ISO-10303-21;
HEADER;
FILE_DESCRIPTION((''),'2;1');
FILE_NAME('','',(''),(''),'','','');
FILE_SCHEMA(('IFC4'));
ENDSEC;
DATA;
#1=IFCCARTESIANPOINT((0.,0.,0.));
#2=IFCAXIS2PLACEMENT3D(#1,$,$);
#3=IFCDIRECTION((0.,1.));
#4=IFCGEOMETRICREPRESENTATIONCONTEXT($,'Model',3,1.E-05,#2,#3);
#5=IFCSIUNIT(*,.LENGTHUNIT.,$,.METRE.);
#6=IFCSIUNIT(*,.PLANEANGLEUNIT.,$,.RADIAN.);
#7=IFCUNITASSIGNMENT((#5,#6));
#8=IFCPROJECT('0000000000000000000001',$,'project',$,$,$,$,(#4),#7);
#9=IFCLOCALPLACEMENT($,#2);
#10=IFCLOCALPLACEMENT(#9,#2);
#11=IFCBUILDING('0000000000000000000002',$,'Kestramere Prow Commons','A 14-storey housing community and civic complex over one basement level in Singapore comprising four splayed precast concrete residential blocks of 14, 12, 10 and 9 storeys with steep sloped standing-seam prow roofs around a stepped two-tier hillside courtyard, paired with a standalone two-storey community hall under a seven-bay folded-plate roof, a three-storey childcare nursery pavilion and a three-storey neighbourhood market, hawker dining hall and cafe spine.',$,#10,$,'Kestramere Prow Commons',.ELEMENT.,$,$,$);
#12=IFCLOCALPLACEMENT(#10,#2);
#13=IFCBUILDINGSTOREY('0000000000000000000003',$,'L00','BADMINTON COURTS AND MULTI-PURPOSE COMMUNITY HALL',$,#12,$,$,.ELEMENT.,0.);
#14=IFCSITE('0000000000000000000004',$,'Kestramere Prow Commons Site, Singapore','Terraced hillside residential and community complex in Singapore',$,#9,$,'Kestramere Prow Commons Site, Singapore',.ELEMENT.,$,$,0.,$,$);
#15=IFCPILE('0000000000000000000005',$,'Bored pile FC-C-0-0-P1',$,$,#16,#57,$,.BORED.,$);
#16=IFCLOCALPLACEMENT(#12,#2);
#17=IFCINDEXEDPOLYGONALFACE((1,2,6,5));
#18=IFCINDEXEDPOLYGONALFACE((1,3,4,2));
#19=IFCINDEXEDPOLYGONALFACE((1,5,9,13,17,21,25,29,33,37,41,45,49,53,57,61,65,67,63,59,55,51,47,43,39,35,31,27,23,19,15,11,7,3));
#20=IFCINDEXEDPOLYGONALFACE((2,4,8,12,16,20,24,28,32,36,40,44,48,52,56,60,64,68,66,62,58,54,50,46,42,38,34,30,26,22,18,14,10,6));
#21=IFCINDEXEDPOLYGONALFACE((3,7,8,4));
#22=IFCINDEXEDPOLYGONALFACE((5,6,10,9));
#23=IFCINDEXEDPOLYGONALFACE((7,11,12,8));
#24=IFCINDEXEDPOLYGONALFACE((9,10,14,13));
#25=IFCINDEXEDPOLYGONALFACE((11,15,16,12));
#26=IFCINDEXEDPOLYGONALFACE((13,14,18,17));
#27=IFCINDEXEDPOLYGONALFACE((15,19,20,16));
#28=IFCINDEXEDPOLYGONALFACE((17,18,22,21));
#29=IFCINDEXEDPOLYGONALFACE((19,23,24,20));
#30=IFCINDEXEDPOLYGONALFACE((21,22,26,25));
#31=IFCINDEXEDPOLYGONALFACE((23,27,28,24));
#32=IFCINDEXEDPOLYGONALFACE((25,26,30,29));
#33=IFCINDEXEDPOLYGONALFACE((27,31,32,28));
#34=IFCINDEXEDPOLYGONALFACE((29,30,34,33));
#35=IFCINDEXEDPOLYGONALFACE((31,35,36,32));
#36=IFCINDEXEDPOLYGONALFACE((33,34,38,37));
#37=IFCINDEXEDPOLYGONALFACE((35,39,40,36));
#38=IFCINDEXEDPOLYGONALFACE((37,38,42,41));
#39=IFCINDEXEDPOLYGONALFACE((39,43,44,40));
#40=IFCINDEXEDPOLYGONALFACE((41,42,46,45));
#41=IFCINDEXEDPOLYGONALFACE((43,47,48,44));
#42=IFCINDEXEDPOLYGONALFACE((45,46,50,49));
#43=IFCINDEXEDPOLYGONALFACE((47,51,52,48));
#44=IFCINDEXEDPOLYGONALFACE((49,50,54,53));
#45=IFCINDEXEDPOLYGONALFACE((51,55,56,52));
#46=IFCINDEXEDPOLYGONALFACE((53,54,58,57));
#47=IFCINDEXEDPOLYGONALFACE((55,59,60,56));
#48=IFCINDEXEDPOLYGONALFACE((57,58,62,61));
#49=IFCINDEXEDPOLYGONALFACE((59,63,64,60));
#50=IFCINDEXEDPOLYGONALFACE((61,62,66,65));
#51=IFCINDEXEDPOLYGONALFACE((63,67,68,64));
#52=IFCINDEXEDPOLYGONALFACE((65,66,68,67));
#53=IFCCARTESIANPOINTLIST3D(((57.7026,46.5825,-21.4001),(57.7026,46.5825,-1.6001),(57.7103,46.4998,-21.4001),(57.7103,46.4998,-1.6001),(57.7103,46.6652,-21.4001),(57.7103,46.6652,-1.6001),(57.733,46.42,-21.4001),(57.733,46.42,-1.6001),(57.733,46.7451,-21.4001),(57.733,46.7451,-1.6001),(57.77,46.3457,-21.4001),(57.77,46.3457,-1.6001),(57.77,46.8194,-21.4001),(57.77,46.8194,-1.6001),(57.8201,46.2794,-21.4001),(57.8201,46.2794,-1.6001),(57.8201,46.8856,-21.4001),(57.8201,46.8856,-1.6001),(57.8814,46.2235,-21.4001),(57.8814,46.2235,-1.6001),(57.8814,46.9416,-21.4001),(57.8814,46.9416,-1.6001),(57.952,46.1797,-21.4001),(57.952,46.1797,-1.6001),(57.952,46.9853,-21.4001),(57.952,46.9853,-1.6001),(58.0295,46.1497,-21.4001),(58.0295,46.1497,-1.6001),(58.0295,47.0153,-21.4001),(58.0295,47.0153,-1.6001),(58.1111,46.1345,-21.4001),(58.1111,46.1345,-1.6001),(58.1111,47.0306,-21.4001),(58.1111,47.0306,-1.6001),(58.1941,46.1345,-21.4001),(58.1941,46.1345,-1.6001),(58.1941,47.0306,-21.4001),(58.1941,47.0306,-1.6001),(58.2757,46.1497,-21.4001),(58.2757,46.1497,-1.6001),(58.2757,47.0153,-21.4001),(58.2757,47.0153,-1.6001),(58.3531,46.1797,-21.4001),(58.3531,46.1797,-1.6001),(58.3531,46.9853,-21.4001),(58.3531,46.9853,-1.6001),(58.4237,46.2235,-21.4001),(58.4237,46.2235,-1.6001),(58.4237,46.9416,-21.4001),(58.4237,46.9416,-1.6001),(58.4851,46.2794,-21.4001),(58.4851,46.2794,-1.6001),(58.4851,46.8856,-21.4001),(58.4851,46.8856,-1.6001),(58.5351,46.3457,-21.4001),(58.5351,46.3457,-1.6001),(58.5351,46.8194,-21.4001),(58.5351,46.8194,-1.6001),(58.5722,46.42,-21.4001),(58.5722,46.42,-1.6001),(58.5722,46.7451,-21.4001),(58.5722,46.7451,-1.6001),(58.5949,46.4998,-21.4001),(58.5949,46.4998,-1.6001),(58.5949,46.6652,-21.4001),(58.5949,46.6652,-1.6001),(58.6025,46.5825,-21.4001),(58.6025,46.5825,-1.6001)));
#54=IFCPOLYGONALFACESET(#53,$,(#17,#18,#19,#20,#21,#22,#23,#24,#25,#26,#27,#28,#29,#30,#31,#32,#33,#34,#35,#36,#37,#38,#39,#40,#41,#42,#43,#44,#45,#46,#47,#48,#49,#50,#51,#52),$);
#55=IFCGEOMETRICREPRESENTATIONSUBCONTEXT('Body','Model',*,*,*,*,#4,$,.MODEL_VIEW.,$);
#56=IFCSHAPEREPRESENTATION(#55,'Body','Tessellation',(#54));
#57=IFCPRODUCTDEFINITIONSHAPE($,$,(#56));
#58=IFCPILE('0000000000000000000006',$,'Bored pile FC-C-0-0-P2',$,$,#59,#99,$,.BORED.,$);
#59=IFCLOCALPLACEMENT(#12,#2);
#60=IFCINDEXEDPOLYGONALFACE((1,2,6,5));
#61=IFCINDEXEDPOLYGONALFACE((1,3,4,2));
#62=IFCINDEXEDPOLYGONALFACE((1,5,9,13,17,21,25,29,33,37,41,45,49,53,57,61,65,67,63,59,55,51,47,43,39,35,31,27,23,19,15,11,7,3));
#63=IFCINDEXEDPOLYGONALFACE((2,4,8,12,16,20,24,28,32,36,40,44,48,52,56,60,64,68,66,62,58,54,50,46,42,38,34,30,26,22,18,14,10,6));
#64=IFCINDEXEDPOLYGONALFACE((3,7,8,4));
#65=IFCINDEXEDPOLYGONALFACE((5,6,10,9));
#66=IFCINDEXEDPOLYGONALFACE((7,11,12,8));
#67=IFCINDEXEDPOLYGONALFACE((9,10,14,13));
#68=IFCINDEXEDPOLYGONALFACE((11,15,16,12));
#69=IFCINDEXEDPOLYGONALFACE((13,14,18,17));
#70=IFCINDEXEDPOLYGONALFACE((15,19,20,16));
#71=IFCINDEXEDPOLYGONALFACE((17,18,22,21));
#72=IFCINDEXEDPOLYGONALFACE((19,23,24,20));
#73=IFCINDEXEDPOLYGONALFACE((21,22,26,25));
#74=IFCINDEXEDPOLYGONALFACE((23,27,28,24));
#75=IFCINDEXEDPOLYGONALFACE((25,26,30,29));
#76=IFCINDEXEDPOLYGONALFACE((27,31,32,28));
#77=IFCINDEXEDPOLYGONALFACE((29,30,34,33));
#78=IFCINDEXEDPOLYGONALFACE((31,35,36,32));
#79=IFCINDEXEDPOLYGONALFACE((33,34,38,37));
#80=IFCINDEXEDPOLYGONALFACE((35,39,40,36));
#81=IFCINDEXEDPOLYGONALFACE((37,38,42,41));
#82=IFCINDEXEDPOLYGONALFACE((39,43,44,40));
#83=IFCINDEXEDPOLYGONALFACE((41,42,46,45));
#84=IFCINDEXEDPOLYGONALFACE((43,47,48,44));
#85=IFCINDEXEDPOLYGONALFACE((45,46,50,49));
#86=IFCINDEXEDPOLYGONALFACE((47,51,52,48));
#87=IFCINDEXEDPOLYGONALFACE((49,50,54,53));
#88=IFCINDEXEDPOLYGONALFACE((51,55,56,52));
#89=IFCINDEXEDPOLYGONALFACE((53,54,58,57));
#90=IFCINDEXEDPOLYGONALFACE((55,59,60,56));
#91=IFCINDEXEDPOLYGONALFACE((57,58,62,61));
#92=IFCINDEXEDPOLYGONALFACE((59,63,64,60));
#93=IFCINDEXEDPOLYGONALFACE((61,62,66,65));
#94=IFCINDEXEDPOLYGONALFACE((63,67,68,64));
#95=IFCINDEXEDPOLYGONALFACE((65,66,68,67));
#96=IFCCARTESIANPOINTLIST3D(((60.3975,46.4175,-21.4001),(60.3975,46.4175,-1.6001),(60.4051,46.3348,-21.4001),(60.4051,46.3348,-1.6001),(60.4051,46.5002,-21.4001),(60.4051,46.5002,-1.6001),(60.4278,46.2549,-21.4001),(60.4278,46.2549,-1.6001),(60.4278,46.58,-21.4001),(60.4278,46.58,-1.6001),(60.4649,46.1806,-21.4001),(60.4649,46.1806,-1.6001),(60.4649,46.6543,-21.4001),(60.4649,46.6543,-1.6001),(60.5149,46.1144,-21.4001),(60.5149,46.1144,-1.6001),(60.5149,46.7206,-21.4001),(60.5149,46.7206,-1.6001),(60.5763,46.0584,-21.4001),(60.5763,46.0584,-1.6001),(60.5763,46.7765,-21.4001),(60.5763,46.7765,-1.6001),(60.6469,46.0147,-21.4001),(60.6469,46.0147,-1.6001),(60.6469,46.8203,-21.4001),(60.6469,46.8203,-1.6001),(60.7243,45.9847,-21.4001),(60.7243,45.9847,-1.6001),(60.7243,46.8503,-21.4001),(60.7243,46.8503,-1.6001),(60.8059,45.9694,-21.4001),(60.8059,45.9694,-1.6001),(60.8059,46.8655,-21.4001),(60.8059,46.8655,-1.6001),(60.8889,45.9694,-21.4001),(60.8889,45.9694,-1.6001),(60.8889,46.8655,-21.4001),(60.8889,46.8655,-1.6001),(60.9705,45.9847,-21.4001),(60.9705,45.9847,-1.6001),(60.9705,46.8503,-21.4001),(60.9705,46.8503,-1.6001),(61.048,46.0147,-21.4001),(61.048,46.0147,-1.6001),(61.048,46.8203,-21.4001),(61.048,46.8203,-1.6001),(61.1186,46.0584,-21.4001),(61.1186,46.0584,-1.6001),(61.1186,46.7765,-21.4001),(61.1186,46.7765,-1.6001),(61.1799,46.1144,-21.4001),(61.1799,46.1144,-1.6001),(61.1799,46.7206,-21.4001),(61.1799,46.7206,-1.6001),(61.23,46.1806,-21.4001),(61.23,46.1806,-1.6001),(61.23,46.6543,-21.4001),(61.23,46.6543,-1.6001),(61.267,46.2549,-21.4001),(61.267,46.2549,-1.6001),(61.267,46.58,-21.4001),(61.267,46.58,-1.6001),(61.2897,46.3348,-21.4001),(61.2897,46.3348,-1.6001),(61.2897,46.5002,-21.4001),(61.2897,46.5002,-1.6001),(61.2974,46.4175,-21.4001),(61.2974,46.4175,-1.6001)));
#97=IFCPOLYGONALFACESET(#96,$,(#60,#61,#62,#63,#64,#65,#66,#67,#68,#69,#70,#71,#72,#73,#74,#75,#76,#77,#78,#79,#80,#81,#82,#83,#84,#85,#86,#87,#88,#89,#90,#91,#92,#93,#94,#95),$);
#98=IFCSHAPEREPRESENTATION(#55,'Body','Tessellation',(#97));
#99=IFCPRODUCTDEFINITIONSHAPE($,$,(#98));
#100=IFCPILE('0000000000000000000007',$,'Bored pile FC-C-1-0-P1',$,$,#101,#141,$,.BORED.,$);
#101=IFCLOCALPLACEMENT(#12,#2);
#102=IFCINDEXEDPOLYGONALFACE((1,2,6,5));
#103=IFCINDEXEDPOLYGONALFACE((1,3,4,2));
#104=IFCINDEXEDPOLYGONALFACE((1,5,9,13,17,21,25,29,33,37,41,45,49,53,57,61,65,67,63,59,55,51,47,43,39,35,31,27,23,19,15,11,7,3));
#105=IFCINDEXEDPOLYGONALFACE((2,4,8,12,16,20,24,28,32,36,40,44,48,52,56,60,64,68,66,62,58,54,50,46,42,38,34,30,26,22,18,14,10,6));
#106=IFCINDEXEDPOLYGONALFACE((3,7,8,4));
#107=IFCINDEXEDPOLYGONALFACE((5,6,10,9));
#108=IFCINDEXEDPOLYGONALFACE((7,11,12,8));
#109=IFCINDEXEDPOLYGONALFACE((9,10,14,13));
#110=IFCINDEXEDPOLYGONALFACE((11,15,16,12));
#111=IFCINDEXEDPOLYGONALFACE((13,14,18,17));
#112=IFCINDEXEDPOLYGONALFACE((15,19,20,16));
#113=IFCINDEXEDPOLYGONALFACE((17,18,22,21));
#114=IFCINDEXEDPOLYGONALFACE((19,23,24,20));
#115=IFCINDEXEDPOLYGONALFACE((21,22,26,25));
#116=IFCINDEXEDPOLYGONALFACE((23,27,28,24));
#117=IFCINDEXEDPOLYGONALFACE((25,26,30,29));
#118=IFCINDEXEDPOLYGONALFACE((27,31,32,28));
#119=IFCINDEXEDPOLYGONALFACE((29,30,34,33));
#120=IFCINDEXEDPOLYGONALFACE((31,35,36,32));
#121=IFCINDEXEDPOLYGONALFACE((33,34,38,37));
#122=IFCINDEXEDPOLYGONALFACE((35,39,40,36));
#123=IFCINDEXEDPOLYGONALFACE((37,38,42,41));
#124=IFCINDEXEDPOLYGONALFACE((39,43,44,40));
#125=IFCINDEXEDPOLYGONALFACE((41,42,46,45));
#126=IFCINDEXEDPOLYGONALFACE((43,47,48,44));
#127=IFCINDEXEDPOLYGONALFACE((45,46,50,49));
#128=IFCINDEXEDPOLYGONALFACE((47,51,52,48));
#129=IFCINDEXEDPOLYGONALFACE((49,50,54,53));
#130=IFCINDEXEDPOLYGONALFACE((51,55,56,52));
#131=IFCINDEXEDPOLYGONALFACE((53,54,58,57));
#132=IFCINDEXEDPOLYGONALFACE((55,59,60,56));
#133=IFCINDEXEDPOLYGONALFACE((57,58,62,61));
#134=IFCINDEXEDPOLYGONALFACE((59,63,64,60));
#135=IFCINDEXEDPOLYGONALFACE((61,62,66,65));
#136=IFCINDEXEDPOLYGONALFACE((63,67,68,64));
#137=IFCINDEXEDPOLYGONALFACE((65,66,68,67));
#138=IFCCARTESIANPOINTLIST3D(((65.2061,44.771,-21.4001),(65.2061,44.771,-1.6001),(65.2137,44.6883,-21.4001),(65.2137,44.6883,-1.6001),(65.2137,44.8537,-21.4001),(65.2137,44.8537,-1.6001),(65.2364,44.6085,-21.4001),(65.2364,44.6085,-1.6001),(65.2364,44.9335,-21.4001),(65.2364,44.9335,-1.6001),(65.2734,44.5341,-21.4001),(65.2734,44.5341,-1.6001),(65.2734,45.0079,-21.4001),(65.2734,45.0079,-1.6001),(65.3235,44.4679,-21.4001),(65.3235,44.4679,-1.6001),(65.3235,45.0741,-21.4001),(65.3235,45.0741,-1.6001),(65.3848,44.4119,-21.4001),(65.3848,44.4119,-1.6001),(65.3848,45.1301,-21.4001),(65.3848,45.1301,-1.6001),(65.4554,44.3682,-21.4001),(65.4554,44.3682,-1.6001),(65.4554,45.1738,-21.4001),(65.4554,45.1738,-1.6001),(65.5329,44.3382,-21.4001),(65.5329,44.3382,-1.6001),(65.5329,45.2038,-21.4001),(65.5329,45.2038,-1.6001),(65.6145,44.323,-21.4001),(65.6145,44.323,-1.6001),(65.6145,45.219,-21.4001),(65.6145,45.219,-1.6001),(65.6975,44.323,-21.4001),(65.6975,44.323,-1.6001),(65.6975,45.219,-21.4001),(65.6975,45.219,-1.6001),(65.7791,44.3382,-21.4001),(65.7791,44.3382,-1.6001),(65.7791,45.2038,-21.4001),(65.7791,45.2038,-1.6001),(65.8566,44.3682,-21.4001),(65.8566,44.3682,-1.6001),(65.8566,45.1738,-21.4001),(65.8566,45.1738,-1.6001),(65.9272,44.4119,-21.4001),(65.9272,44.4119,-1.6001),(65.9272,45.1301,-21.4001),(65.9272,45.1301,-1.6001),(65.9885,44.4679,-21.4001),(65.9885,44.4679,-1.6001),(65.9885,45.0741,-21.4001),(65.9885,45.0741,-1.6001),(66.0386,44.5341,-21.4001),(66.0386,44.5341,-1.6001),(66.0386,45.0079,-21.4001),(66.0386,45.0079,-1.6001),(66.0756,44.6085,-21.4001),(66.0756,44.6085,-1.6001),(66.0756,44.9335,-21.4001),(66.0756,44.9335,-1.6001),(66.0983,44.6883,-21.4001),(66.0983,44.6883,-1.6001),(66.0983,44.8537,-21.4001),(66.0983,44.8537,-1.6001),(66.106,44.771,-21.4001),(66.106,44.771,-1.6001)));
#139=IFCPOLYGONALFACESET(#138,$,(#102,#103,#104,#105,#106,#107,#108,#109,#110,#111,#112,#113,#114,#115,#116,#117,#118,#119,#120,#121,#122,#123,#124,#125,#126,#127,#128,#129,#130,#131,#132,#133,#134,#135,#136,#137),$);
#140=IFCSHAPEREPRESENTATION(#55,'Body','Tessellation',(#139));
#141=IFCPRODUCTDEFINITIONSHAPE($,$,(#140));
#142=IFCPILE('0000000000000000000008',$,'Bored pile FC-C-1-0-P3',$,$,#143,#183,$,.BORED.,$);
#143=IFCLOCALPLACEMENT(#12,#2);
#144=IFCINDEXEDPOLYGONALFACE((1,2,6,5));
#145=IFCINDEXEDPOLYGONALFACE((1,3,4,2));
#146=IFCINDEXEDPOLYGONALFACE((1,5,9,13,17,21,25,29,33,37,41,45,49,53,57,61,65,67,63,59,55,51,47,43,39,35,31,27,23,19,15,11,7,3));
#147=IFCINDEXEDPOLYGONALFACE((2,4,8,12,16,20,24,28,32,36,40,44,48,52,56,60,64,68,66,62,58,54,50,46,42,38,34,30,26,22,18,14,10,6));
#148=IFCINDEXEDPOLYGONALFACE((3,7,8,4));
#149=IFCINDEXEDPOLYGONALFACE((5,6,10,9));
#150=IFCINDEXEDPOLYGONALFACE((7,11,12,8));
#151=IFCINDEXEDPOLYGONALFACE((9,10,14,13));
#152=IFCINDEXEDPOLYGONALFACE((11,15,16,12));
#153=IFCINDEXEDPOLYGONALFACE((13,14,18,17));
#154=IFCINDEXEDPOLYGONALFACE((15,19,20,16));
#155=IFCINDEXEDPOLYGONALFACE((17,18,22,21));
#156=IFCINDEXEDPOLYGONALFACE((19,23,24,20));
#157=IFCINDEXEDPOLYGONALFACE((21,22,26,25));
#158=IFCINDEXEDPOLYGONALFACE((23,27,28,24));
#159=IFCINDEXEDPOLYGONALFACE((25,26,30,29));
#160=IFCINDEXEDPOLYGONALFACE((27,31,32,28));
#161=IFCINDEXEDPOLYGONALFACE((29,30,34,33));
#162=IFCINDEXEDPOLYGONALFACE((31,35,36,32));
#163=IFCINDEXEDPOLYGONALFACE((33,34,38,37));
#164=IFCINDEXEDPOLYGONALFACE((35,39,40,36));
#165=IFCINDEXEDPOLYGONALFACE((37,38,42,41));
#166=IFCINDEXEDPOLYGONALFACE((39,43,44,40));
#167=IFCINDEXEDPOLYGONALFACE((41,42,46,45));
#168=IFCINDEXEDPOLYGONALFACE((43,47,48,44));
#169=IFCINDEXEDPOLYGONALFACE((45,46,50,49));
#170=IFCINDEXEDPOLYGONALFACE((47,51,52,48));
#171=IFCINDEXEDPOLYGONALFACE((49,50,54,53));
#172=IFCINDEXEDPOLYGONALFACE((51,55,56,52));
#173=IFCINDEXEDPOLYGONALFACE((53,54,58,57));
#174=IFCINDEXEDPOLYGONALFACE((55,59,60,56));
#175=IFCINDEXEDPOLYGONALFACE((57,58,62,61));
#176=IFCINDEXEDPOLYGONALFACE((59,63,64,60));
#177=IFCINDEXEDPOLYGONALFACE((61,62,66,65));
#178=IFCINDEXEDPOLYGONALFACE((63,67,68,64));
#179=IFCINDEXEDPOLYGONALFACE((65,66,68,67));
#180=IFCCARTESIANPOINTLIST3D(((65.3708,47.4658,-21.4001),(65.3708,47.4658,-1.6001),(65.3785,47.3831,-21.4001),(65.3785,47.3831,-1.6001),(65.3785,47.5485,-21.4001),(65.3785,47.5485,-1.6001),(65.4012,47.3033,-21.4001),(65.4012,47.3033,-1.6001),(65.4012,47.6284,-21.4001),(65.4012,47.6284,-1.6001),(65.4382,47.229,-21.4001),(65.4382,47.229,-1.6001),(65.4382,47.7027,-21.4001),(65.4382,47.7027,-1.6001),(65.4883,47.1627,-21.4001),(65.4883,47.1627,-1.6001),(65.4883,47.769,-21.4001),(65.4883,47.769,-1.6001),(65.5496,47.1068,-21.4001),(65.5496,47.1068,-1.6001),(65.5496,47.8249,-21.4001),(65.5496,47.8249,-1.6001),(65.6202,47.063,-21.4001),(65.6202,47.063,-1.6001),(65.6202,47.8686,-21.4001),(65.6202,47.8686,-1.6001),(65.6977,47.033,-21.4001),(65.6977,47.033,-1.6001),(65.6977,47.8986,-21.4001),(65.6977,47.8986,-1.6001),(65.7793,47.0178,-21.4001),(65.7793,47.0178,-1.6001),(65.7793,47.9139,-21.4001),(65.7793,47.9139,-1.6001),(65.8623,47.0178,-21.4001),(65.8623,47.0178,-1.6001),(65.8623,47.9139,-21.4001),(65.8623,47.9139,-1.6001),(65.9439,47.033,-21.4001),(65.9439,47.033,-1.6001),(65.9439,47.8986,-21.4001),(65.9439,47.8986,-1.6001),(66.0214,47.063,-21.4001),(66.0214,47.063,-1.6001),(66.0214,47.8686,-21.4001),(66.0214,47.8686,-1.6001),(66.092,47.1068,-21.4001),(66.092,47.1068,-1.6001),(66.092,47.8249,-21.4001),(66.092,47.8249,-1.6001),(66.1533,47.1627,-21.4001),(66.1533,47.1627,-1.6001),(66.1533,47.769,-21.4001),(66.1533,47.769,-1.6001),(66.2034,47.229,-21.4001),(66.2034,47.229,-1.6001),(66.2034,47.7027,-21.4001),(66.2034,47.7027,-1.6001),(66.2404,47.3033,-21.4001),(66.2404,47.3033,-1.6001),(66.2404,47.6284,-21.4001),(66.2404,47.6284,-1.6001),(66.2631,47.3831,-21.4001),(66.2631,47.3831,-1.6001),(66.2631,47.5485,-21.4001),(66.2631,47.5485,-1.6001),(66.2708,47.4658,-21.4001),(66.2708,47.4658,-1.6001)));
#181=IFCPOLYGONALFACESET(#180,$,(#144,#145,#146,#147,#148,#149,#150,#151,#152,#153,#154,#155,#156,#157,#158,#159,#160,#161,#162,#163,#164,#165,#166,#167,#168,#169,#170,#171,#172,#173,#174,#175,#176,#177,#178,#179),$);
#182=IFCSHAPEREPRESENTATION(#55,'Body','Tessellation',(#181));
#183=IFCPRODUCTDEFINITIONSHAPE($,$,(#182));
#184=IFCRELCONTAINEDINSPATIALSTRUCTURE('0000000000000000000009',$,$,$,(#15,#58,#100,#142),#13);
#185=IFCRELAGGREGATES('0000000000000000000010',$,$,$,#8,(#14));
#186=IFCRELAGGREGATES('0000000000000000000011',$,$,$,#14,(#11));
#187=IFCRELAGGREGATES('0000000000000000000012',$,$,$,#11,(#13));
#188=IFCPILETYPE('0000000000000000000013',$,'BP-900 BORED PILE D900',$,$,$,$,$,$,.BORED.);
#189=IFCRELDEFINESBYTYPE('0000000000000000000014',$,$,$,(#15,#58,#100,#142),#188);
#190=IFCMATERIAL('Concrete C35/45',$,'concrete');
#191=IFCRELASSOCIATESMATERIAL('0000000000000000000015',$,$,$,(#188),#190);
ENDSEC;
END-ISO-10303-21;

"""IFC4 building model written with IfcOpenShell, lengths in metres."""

from ifc_helpers import new_model, si_unit, direction, frame, origin, origin_2d, place, context, subcontext, project, spatial, circle, extrude, material, material_profile, profile_set, type_object, element, save


model = new_model("IFC4")

# Units and contexts
model_context = context("Model", 3, precision=1e-05, world=origin(), true_north=direction((0.0, 1.0)))
body_context = subcontext(model_context, "Body", "Model", "MODEL_VIEW")
ifc_project = project(units=[si_unit("LENGTHUNIT", "METRE"), si_unit("PLANEANGLEUNIT", "RADIAN")], contexts=[model_context])

# Site, building, storey
site_placement = place(None, origin())
site = spatial("IfcSite", under=ifc_project, at=site_placement, Name="Kestramere Prow Commons Site, Singapore", Description="Terraced hillside residential and community complex in Singapore", LongName="Kestramere Prow Commons Site, Singapore", CompositionType="ELEMENT", RefElevation=0.0)
building_placement = place(site_placement, origin())
building = spatial("IfcBuilding", under=site, at=building_placement, Name="Kestramere Prow Commons", Description="A 14-storey housing community and civic complex over one basement level in Singapore comprising four splayed precast concrete residential blocks of 14, 12, 10 and 9 storeys with steep sloped standing-seam prow roofs around a stepped two-tier hillside courtyard, paired with a standalone two-storey community hall under a seven-bay folded-plate roof, a three-storey childcare nursery pavilion and a three-storey neighbourhood market, hawker dining hall and cafe spine.", LongName="Kestramere Prow Commons", CompositionType="ELEMENT")
storey_placement = place(building_placement, origin())
storey = spatial("IfcBuildingStorey", under=building, at=storey_placement, Name="L00", Description="BADMINTON COURTS AND MULTI-PURPOSE COMMUNITY HALL", CompositionType="ELEMENT", Elevation=0.0)

# Piles
ifc_material_1 = material(Name="Concrete C35/45", Category="concrete")
ifc_material_profile_1 = material_profile(ifc_material_1, circle(Radius=0.45, at=origin_2d()), Name="BORED PILE D900")
ifc_profile_set_1 = profile_set([ifc_material_profile_1], Name="Concrete C35/45")
pile_type = type_object("IfcPileType", Name="BP-900 BORED PILE D900", PredefinedType="BORED", material=ifc_profile_set_1)
for number, where, z_axis, x_axis, name in (
    (1, (58.1526, 46.5825, -1.6001), (0.0, 0.0, -1.0), (1.0, 0.0, 0.0), "Bored pile FC-C-0-0-P1"),
    (2, (60.8474, 46.4175, -1.6001), (0.0, 0.0, -1.0), (1.0, 0.0, 0.0), "Bored pile FC-C-0-0-P2"),
    (3, (65.656, 44.771, -1.6001), (0.0, 0.0, -1.0), (1.0, 0.0, 0.0), "Bored pile FC-C-1-0-P1"),
    (4, (65.8208, 47.4658, -1.6001), (0.0, 0.0, -1.0), (1.0, 0.0, 0.0), "Bored pile FC-C-1-0-P3"),
):
    element("IfcPile", number, at=place(storey_placement, frame(where, z_axis=z_axis, x_axis=x_axis)), inside=storey, type_object=pile_type, Name=name, PredefinedType="BORED", context=body_context, shape_type="SweptSolid", body=[
        extrude(circle(Radius=0.45, at=origin_2d()), origin(), (0.0, 0.0, 1.0), 19.8),
    ])

save(model, "model.ifc")
